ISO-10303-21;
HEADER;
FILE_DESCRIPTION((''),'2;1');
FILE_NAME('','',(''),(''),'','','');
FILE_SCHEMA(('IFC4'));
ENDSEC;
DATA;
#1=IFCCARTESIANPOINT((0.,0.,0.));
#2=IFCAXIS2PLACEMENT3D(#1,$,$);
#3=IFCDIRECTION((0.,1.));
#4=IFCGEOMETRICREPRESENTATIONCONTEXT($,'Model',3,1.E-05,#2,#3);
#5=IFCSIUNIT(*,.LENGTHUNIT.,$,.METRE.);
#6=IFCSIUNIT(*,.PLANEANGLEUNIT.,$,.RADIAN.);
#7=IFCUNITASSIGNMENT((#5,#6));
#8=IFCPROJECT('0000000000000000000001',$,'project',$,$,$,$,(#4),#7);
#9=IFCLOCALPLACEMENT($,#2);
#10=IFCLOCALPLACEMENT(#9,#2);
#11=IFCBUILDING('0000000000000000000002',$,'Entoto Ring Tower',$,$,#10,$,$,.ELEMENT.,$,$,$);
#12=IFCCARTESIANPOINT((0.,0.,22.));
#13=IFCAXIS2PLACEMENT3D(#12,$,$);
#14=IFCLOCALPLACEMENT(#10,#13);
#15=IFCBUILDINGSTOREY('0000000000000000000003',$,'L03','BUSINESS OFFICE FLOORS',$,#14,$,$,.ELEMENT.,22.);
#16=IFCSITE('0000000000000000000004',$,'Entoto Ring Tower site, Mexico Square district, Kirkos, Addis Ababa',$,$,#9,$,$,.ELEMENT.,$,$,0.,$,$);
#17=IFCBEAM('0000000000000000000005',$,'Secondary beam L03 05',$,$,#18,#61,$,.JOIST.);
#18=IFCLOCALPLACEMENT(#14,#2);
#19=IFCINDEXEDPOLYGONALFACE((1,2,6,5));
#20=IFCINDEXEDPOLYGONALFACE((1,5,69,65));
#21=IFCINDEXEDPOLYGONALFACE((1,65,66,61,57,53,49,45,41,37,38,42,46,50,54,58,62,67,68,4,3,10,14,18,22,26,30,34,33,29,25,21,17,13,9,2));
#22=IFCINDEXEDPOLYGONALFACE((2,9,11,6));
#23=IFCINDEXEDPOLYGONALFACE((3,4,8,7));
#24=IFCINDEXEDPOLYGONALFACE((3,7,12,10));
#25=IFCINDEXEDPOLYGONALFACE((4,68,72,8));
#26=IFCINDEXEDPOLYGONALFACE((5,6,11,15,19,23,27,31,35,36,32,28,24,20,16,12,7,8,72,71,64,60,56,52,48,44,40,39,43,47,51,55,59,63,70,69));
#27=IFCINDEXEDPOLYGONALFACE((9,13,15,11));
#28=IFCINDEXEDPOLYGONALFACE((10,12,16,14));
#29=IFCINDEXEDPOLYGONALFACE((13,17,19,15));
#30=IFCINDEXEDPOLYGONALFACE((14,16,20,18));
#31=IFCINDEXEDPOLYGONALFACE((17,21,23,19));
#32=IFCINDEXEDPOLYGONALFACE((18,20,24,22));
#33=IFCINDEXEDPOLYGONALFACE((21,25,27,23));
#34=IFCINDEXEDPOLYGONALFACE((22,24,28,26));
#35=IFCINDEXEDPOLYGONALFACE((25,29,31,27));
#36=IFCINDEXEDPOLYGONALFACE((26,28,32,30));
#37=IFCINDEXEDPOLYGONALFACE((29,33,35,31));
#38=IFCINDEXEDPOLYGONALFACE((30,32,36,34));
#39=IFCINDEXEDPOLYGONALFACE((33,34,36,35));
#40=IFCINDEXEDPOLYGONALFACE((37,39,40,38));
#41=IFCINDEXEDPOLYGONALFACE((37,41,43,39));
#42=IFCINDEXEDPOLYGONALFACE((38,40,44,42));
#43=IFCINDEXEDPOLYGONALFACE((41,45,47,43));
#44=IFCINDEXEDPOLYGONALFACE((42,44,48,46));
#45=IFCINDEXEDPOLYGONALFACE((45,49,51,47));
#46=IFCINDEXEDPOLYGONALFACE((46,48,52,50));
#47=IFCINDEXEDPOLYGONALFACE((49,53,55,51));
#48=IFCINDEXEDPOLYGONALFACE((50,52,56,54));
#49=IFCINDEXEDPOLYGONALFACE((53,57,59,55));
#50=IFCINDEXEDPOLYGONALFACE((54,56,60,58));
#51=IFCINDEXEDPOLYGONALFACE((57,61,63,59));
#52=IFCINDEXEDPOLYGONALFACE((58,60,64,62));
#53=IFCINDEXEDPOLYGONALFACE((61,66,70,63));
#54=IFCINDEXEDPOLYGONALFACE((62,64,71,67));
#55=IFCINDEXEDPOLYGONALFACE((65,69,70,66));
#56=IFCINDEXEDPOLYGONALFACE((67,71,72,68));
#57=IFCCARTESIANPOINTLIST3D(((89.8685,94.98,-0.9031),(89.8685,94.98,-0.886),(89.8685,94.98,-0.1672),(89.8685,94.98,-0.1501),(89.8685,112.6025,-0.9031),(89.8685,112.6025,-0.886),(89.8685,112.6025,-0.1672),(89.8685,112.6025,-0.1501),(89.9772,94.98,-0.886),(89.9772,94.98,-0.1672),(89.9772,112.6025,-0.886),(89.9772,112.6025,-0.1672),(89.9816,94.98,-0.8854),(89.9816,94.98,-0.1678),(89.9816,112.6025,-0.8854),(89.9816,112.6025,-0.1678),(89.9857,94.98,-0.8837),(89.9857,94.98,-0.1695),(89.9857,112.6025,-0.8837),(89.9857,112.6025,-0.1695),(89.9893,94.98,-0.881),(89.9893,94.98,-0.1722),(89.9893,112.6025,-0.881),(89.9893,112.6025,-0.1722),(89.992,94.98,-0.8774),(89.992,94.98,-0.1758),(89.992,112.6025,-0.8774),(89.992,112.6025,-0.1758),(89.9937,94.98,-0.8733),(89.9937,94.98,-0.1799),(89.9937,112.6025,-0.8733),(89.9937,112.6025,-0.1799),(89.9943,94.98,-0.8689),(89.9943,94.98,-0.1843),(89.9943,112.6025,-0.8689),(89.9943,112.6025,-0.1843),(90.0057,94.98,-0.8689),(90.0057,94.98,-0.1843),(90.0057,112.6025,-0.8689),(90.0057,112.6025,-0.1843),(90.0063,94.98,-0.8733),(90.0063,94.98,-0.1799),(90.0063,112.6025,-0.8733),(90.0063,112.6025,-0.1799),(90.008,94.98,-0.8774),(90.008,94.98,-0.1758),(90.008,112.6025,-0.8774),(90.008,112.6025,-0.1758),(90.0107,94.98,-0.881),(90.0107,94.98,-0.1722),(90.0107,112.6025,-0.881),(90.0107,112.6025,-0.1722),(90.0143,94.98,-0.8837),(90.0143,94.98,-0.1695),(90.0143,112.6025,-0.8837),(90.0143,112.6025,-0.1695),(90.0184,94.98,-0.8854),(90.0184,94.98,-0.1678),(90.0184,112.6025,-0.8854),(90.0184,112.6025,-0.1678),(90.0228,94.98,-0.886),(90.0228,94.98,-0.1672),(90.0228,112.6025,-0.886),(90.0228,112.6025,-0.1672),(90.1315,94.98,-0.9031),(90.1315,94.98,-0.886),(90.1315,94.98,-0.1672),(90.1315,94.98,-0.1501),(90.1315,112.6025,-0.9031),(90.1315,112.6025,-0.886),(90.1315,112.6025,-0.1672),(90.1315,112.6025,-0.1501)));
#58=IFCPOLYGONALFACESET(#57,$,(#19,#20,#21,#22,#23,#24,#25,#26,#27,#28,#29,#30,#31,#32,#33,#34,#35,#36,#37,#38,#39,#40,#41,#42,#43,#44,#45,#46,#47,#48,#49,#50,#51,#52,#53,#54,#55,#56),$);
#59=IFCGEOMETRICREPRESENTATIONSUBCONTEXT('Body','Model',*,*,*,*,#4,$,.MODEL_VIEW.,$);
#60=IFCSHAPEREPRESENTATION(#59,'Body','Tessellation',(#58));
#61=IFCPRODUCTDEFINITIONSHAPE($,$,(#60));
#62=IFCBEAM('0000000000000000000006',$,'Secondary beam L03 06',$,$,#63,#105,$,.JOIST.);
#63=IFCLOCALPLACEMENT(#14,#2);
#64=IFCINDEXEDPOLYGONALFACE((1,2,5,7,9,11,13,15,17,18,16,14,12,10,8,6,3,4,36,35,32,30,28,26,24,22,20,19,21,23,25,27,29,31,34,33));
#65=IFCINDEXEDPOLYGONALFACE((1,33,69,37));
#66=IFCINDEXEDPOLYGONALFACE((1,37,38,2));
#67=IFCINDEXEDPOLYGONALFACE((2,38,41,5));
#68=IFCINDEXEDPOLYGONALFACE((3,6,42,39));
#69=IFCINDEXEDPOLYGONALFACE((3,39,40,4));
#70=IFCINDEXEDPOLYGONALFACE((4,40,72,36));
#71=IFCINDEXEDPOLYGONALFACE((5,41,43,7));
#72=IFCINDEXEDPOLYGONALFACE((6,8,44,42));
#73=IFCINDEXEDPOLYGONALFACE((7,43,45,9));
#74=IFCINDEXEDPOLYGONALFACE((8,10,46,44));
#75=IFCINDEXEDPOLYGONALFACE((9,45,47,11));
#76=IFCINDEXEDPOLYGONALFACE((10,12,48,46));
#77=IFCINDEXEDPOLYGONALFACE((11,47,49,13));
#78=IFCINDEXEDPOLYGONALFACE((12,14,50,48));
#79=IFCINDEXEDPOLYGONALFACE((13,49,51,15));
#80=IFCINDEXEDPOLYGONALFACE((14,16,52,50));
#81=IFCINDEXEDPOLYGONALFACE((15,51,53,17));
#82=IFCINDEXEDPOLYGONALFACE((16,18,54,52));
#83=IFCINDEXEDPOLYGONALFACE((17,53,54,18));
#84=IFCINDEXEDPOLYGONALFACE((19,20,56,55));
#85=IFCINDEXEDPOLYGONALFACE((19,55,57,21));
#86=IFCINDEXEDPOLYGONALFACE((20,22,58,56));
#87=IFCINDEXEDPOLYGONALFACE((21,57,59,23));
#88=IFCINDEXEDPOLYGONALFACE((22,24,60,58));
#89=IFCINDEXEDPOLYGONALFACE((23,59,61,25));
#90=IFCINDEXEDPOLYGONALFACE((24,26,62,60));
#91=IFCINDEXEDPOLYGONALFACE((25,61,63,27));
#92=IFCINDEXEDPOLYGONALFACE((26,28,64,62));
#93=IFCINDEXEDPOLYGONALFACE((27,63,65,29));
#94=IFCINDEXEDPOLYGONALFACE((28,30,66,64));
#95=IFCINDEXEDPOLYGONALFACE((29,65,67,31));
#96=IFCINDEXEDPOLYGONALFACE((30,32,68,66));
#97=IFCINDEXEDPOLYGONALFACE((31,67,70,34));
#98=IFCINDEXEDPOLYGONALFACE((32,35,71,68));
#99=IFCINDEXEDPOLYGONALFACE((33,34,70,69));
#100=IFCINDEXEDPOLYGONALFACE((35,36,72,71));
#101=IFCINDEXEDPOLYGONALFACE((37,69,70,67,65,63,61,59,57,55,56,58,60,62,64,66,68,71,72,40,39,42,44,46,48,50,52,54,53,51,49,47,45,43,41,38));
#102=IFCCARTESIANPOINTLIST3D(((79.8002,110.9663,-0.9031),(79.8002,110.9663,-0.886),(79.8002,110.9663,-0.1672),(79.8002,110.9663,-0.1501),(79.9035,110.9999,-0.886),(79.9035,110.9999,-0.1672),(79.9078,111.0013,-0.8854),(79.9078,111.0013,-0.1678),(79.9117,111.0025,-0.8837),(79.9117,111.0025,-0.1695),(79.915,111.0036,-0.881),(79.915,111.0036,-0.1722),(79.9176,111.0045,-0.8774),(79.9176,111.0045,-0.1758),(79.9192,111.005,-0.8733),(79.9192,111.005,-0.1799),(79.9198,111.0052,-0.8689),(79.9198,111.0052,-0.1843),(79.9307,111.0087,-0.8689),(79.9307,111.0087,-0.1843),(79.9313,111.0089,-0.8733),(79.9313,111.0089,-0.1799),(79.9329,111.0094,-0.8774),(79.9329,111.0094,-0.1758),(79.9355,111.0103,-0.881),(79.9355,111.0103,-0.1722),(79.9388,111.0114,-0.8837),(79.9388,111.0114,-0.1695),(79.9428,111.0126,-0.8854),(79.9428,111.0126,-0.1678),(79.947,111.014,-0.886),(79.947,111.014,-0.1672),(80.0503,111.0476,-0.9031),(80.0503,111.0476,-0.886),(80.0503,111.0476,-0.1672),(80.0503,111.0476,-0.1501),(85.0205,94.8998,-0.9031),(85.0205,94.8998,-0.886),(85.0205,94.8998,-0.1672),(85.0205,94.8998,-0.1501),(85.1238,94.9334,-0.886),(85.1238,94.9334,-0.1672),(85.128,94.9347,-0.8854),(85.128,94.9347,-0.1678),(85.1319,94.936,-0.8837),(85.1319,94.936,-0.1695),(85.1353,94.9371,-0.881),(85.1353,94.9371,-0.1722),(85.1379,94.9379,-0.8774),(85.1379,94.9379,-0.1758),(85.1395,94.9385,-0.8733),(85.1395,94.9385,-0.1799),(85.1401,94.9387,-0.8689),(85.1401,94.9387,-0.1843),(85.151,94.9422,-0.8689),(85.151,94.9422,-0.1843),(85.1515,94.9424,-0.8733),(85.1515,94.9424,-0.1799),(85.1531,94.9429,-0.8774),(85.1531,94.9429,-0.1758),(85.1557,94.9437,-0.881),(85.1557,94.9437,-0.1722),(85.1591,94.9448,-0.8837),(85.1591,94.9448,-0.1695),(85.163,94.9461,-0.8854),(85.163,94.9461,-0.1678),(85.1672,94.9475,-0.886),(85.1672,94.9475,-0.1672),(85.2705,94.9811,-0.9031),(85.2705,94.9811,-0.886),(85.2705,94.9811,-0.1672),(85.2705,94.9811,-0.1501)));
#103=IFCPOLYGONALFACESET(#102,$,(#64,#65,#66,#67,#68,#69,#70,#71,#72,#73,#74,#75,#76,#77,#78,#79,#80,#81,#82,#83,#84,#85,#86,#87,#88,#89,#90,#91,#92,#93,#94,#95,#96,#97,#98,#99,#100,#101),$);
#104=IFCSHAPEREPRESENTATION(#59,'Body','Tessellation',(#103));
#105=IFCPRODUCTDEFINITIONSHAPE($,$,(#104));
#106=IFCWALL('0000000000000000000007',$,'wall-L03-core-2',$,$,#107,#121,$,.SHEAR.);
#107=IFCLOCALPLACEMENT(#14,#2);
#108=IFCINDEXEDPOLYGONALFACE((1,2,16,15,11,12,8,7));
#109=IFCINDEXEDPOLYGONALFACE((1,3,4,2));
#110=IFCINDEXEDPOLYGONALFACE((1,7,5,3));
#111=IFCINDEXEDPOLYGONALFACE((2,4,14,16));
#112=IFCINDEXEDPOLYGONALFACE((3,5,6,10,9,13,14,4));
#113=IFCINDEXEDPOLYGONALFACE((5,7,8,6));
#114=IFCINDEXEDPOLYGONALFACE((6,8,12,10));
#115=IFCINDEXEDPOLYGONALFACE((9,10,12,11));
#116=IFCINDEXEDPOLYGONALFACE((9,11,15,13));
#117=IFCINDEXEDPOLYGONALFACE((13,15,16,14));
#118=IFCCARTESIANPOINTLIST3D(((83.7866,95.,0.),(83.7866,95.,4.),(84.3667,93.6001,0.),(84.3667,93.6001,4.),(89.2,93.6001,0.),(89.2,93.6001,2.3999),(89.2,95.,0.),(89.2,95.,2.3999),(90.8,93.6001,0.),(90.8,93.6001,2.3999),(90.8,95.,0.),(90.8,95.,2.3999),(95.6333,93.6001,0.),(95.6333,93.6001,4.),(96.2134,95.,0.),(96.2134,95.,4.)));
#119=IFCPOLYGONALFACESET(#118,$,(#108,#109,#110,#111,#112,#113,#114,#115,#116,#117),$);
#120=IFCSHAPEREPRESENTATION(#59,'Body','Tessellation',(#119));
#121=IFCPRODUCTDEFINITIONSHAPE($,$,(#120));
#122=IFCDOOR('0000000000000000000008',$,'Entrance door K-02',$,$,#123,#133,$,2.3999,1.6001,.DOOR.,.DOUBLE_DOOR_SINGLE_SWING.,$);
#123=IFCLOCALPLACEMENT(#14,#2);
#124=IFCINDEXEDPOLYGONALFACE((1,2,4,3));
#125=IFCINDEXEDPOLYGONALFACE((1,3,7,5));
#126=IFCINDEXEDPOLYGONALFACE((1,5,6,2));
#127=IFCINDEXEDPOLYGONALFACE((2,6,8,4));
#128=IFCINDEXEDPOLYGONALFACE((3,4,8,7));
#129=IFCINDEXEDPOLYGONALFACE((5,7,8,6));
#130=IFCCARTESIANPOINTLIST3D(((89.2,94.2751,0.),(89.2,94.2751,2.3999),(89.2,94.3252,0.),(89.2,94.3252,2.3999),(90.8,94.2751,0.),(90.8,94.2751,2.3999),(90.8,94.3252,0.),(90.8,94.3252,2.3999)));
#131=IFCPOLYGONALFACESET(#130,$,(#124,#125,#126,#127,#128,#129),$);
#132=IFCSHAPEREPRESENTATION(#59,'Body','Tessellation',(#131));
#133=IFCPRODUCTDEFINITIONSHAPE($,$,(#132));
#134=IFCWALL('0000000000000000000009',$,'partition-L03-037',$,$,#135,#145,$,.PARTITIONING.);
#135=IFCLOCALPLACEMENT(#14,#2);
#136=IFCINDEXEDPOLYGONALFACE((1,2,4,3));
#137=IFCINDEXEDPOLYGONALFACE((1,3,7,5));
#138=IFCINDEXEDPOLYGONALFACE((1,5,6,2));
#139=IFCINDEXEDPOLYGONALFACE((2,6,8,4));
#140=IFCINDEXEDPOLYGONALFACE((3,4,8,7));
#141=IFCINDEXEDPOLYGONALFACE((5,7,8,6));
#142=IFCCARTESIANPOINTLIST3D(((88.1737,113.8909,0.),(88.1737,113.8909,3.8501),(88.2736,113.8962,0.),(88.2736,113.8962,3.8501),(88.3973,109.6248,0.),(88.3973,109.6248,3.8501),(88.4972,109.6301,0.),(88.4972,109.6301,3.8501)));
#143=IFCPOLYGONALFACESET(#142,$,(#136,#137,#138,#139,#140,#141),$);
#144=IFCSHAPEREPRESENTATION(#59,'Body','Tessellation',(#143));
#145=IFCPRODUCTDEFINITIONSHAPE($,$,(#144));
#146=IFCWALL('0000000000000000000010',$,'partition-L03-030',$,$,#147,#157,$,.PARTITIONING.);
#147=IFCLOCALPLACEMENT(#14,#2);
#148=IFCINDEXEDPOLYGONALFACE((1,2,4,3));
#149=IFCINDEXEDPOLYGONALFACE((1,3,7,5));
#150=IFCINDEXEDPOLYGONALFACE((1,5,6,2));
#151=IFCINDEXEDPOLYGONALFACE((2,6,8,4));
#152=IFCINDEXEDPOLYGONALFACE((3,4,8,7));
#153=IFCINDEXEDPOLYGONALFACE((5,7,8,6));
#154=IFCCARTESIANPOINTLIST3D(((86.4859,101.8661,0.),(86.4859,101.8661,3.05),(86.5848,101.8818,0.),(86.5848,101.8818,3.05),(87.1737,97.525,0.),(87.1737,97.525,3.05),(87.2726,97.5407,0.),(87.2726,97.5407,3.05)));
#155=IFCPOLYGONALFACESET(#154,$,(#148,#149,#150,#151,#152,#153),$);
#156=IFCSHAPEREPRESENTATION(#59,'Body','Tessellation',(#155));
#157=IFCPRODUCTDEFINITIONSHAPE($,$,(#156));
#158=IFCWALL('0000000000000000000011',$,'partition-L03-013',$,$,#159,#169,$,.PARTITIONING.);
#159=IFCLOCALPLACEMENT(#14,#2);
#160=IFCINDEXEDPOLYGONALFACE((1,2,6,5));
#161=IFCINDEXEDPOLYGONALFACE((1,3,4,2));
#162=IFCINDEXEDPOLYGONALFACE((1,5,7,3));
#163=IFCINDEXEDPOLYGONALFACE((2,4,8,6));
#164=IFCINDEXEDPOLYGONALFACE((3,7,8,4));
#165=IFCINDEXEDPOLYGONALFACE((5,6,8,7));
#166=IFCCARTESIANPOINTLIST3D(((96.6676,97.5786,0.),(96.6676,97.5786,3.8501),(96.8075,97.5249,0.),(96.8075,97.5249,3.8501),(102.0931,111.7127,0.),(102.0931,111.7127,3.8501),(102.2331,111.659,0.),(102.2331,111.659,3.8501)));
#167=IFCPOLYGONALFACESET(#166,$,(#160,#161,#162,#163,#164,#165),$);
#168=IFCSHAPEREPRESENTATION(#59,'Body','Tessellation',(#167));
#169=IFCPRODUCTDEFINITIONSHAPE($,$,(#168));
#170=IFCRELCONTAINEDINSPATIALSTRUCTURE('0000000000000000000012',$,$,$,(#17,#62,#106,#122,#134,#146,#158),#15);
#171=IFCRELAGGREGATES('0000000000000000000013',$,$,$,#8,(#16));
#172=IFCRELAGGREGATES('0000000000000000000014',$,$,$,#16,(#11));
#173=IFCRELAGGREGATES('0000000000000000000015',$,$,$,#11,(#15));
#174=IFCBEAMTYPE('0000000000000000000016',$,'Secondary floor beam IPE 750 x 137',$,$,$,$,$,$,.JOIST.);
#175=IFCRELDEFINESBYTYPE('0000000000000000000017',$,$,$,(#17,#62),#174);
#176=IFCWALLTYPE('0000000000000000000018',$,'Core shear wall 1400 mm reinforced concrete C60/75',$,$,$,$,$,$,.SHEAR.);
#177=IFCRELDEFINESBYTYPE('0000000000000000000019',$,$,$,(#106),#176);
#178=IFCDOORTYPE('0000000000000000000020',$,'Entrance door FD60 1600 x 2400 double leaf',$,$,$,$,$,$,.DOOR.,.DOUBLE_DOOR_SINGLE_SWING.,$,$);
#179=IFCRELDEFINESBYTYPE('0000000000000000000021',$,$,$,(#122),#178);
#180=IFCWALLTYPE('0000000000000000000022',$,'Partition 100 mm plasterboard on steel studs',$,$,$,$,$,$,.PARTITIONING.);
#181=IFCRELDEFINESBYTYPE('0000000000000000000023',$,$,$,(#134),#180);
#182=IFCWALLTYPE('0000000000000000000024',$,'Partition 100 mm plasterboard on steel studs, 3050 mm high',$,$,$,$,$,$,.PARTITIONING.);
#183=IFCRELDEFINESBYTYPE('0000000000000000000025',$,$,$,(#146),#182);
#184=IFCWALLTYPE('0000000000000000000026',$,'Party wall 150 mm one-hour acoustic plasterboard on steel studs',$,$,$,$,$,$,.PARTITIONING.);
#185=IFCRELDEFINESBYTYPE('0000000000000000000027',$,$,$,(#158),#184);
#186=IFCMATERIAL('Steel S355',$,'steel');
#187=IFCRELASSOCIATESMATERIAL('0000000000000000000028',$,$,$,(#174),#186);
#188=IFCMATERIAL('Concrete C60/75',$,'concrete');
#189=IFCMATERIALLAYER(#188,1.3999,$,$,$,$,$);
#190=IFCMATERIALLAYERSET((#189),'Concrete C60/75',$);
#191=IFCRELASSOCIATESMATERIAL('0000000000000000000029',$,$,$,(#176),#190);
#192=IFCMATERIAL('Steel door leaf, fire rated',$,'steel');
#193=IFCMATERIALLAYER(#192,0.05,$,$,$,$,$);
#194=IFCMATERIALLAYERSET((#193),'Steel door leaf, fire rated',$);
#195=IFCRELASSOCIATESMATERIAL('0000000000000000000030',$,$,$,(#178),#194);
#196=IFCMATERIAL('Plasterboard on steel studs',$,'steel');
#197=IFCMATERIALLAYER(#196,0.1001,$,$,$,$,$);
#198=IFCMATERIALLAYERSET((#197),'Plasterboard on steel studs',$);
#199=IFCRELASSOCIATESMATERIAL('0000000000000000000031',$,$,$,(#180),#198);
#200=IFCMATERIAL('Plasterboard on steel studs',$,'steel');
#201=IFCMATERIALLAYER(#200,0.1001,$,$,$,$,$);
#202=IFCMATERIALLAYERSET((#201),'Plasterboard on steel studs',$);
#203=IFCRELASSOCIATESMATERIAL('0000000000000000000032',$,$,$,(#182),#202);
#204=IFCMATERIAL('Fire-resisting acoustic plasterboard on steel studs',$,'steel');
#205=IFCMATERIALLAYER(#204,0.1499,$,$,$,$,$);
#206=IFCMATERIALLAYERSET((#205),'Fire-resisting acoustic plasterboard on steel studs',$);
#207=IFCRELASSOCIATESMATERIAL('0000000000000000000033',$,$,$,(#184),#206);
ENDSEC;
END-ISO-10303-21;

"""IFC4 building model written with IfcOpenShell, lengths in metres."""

from ifc_helpers import new_model, si_unit, direction, frame, frame_2d, origin, origin_2d, place, context, subcontext, project, spatial, polyline, rectangle, i_section, outline, extrude, material, layer, layer_set, material_profile, profile_set, type_object, element, fill, save


model = new_model("IFC4")

# Units and contexts
model_context = context("Model", 3, precision=1e-05, world=origin(), true_north=direction((0.0, 1.0)))
body_context = subcontext(model_context, "Body", "Model", "MODEL_VIEW")
ifc_project = project(units=[si_unit("LENGTHUNIT", "METRE"), si_unit("PLANEANGLEUNIT", "RADIAN")], contexts=[model_context])

# Site, building, storey
site_placement = place(None, origin())
site = spatial("IfcSite", under=ifc_project, at=site_placement, Name="Entoto Ring Tower site, Mexico Square district, Kirkos, Addis Ababa", CompositionType="ELEMENT", RefElevation=0.0)
building_placement = place(site_placement, origin())
building = spatial("IfcBuilding", under=site, at=building_placement, Name="Entoto Ring Tower", CompositionType="ELEMENT")
storey_placement = place(building_placement, frame((0.0, 0.0, 22.0)))
storey = spatial("IfcBuildingStorey", under=building, at=storey_placement, Name="L03", Description="BUSINESS OFFICE FLOORS", CompositionType="ELEMENT", Elevation=22.0)

# Beams
ifc_material_1 = material(Name="Steel S355", Category="steel")
ifc_material_profile_1 = material_profile(ifc_material_1, i_section(OverallWidth=0.2629, OverallDepth=0.7529, WebThickness=0.0115, FlangeThickness=0.0171, FilletRadius=0.0171, at=origin_2d()), Name="IPE 750 x 137")
ifc_profile_set_1 = profile_set([ifc_material_profile_1], Name="Steel S355")
beam_type_1 = type_object("IfcBeamType", Name="Secondary floor beam IPE 750 x 137", PredefinedType="JOIST", material=ifc_profile_set_1)
beam_1_placement = place(storey_placement, frame((90.0, 94.98, -0.5266), z_axis=(0.0, 1.0, 0.0), x_axis=(-1.0, 0.0, 0.0)))
element("IfcBeam", 1, at=beam_1_placement, inside=storey, type_object=beam_type_1, Name="Secondary beam L03 05", PredefinedType="JOIST", context=body_context, shape_type="SweptSolid", body=[
    extrude(i_section(OverallWidth=0.2629, OverallDepth=0.7529, WebThickness=0.0115, FlangeThickness=0.0171, FilletRadius=0.0171, at=origin_2d()), origin(), (0.0, 0.0, 1.0), 17.6226),
])
beam_2_placement = place(storey_placement, frame((85.1455, 94.9404, -0.5266), z_axis=(-0.309013, 0.951058, 0.0), x_axis=(-0.951058, -0.309013, 0.0)))
element("IfcBeam", 2, at=beam_2_placement, inside=storey, type_object=beam_type_1, Name="Secondary beam L03 06", PredefinedType="JOIST", context=body_context, shape_type="SweptSolid", body=[
    extrude(i_section(OverallWidth=0.2629, OverallDepth=0.7529, WebThickness=0.0115, FlangeThickness=0.0171, FilletRadius=0.0171, at=origin_2d()), origin(), (0.0, 0.0, 1.0), 16.8933),
])

# Wall, opening, door
ifc_material_2 = material(Name="Concrete C60/75", Category="concrete")
ifc_layer_1 = layer(ifc_material_2, 1.3999)
ifc_layer_set_1 = layer_set([ifc_layer_1], Name="Concrete C60/75")
wall_type_1 = type_object("IfcWallType", Name="Core shear wall 1400 mm reinforced concrete C60/75", PredefinedType="SHEAR", material=ifc_layer_set_1)
wall_1_placement = place(storey_placement, frame((95.9233, 94.3, 0.0), z_axis=(0.0, 0.0, 1.0), x_axis=(-1.0, 0.0, 0.0)))
wall_1 = element("IfcWall", 3, at=wall_1_placement, inside=storey, type_object=wall_type_1, Name="wall-L03-core-2", PredefinedType="SHEAR", context=body_context, shape_type="SweptSolid", body=[
    extrude(outline(polyline([(-0.29, -0.7), (12.1367, -0.7), (11.5566, 0.7), (0.29, 0.7), (-0.29, -0.7)])), origin(), (0.0, 0.0, 1.0), 4.0),
])
opening_placement = place(wall_1_placement, frame((5.1233, 0.0, 0.0)))
opening = element("IfcOpeningElement", 4, at=opening_placement, cuts=wall_1, PredefinedType="OPENING", context=body_context, shape_type="SweptSolid", body=[
    extrude(rectangle(XDim=1.6001, YDim=2.3999, at=frame_2d((0.8, 1.2))), frame((0.0, 0.71, 0.0), z_axis=(0.0, -1.0, 0.0), x_axis=(1.0, 0.0, 0.0)), (0.0, 0.0, 1.0), 1.4199),
])
ifc_material_3 = material(Name="Steel door leaf, fire rated", Category="steel")
ifc_layer_2 = layer(ifc_material_3, 0.05)
ifc_layer_set_2 = layer_set([ifc_layer_2], Name="Steel door leaf, fire rated")
door_type = type_object("IfcDoorType", Name="Entrance door FD60 1600 x 2400 double leaf", OperationType="DOUBLE_DOOR_SINGLE_SWING", PredefinedType="DOOR", material=ifc_layer_set_2)
door_placement = place(opening_placement, origin())
door = element("IfcDoor", 5, at=door_placement, inside=storey, type_object=door_type, Name="Entrance door K-02", OperationType="DOUBLE_DOOR_SINGLE_SWING", OverallHeight=2.3999, OverallWidth=1.6001, PredefinedType="DOOR", context=body_context, shape_type="SweptSolid", body=[
    extrude(rectangle(XDim=1.6001, YDim=2.3999, at=frame_2d((0.8, 1.2))), frame((0.0, 0.0249, 0.0), z_axis=(0.0, -1.0, 0.0), x_axis=(1.0, 0.0, 0.0)), (0.0, 0.0, 1.0), 0.05),
])
fill(opening, door)

# Walls
ifc_material_4 = material(Name="Plasterboard on steel studs", Category="steel")
ifc_layer_3 = layer(ifc_material_4, 0.1001)
ifc_layer_set_3 = layer_set([ifc_layer_3], Name="Plasterboard on steel studs")
wall_type_2 = type_object("IfcWallType", Name="Partition 100 mm plasterboard on steel studs", PredefinedType="PARTITIONING", material=ifc_layer_set_3)
wall_2_placement = place(storey_placement, frame((88.4473, 109.6274, 0.0), z_axis=(0.0, 0.0, 1.0), x_axis=(-0.052349, 0.998629, 0.0)))
element("IfcWall", 6, at=wall_2_placement, inside=storey, type_object=wall_type_2, Name="partition-L03-037", PredefinedType="PARTITIONING", context=body_context, shape_type="SweptSolid", body=[
    extrude(rectangle(XDim=4.272, YDim=0.1001, at=frame_2d((2.136, 0.0))), origin(), (0.0, 0.0, 1.0), 3.8501),
])
ifc_material_5 = material(Name="Plasterboard on steel studs", Category="steel")
ifc_layer_4 = layer(ifc_material_5, 0.1001)
ifc_layer_set_4 = layer_set([ifc_layer_4], Name="Plasterboard on steel studs")
wall_type_3 = type_object("IfcWallType", Name="Partition 100 mm plasterboard on steel studs, 3050 mm high", PredefinedType="PARTITIONING", material=ifc_layer_set_4)
wall_3_placement = place(storey_placement, frame((87.2231, 97.5327, 0.0), z_axis=(0.0, 0.0, 1.0), x_axis=(-0.156476, 0.987682, 0.0)))
element("IfcWall", 7, at=wall_3_placement, inside=storey, type_object=wall_type_3, Name="partition-L03-030", PredefinedType="PARTITIONING", context=body_context, shape_type="SweptSolid", body=[
    extrude(rectangle(XDim=4.3953, YDim=0.1001, at=frame_2d((2.1978, 0.0))), origin(), (0.0, 0.0, 1.0), 3.05),
])
ifc_material_6 = material(Name="Fire-resisting acoustic plasterboard on steel studs", Category="steel")
ifc_layer_5 = layer(ifc_material_6, 0.1499)
ifc_layer_set_5 = layer_set([ifc_layer_5], Name="Fire-resisting acoustic plasterboard on steel studs")
wall_type_4 = type_object("IfcWallType", Name="Party wall 150 mm one-hour acoustic plasterboard on steel studs", PredefinedType="PARTITIONING", material=ifc_layer_set_5)
wall_4_placement = place(storey_placement, frame((96.7375, 97.5518, 0.0), z_axis=(0.0, 0.0, 1.0), x_axis=(0.358367, 0.933581, 0.0)))
element("IfcWall", 8, at=wall_4_placement, inside=storey, type_object=wall_type_4, Name="partition-L03-013", PredefinedType="PARTITIONING", context=body_context, shape_type="SweptSolid", body=[
    extrude(rectangle(XDim=15.1396, YDim=0.1499, at=frame_2d((7.5698, 0.0))), origin(), (0.0, 0.0, 1.0), 3.8501),
])

save(model, "model.ifc")
